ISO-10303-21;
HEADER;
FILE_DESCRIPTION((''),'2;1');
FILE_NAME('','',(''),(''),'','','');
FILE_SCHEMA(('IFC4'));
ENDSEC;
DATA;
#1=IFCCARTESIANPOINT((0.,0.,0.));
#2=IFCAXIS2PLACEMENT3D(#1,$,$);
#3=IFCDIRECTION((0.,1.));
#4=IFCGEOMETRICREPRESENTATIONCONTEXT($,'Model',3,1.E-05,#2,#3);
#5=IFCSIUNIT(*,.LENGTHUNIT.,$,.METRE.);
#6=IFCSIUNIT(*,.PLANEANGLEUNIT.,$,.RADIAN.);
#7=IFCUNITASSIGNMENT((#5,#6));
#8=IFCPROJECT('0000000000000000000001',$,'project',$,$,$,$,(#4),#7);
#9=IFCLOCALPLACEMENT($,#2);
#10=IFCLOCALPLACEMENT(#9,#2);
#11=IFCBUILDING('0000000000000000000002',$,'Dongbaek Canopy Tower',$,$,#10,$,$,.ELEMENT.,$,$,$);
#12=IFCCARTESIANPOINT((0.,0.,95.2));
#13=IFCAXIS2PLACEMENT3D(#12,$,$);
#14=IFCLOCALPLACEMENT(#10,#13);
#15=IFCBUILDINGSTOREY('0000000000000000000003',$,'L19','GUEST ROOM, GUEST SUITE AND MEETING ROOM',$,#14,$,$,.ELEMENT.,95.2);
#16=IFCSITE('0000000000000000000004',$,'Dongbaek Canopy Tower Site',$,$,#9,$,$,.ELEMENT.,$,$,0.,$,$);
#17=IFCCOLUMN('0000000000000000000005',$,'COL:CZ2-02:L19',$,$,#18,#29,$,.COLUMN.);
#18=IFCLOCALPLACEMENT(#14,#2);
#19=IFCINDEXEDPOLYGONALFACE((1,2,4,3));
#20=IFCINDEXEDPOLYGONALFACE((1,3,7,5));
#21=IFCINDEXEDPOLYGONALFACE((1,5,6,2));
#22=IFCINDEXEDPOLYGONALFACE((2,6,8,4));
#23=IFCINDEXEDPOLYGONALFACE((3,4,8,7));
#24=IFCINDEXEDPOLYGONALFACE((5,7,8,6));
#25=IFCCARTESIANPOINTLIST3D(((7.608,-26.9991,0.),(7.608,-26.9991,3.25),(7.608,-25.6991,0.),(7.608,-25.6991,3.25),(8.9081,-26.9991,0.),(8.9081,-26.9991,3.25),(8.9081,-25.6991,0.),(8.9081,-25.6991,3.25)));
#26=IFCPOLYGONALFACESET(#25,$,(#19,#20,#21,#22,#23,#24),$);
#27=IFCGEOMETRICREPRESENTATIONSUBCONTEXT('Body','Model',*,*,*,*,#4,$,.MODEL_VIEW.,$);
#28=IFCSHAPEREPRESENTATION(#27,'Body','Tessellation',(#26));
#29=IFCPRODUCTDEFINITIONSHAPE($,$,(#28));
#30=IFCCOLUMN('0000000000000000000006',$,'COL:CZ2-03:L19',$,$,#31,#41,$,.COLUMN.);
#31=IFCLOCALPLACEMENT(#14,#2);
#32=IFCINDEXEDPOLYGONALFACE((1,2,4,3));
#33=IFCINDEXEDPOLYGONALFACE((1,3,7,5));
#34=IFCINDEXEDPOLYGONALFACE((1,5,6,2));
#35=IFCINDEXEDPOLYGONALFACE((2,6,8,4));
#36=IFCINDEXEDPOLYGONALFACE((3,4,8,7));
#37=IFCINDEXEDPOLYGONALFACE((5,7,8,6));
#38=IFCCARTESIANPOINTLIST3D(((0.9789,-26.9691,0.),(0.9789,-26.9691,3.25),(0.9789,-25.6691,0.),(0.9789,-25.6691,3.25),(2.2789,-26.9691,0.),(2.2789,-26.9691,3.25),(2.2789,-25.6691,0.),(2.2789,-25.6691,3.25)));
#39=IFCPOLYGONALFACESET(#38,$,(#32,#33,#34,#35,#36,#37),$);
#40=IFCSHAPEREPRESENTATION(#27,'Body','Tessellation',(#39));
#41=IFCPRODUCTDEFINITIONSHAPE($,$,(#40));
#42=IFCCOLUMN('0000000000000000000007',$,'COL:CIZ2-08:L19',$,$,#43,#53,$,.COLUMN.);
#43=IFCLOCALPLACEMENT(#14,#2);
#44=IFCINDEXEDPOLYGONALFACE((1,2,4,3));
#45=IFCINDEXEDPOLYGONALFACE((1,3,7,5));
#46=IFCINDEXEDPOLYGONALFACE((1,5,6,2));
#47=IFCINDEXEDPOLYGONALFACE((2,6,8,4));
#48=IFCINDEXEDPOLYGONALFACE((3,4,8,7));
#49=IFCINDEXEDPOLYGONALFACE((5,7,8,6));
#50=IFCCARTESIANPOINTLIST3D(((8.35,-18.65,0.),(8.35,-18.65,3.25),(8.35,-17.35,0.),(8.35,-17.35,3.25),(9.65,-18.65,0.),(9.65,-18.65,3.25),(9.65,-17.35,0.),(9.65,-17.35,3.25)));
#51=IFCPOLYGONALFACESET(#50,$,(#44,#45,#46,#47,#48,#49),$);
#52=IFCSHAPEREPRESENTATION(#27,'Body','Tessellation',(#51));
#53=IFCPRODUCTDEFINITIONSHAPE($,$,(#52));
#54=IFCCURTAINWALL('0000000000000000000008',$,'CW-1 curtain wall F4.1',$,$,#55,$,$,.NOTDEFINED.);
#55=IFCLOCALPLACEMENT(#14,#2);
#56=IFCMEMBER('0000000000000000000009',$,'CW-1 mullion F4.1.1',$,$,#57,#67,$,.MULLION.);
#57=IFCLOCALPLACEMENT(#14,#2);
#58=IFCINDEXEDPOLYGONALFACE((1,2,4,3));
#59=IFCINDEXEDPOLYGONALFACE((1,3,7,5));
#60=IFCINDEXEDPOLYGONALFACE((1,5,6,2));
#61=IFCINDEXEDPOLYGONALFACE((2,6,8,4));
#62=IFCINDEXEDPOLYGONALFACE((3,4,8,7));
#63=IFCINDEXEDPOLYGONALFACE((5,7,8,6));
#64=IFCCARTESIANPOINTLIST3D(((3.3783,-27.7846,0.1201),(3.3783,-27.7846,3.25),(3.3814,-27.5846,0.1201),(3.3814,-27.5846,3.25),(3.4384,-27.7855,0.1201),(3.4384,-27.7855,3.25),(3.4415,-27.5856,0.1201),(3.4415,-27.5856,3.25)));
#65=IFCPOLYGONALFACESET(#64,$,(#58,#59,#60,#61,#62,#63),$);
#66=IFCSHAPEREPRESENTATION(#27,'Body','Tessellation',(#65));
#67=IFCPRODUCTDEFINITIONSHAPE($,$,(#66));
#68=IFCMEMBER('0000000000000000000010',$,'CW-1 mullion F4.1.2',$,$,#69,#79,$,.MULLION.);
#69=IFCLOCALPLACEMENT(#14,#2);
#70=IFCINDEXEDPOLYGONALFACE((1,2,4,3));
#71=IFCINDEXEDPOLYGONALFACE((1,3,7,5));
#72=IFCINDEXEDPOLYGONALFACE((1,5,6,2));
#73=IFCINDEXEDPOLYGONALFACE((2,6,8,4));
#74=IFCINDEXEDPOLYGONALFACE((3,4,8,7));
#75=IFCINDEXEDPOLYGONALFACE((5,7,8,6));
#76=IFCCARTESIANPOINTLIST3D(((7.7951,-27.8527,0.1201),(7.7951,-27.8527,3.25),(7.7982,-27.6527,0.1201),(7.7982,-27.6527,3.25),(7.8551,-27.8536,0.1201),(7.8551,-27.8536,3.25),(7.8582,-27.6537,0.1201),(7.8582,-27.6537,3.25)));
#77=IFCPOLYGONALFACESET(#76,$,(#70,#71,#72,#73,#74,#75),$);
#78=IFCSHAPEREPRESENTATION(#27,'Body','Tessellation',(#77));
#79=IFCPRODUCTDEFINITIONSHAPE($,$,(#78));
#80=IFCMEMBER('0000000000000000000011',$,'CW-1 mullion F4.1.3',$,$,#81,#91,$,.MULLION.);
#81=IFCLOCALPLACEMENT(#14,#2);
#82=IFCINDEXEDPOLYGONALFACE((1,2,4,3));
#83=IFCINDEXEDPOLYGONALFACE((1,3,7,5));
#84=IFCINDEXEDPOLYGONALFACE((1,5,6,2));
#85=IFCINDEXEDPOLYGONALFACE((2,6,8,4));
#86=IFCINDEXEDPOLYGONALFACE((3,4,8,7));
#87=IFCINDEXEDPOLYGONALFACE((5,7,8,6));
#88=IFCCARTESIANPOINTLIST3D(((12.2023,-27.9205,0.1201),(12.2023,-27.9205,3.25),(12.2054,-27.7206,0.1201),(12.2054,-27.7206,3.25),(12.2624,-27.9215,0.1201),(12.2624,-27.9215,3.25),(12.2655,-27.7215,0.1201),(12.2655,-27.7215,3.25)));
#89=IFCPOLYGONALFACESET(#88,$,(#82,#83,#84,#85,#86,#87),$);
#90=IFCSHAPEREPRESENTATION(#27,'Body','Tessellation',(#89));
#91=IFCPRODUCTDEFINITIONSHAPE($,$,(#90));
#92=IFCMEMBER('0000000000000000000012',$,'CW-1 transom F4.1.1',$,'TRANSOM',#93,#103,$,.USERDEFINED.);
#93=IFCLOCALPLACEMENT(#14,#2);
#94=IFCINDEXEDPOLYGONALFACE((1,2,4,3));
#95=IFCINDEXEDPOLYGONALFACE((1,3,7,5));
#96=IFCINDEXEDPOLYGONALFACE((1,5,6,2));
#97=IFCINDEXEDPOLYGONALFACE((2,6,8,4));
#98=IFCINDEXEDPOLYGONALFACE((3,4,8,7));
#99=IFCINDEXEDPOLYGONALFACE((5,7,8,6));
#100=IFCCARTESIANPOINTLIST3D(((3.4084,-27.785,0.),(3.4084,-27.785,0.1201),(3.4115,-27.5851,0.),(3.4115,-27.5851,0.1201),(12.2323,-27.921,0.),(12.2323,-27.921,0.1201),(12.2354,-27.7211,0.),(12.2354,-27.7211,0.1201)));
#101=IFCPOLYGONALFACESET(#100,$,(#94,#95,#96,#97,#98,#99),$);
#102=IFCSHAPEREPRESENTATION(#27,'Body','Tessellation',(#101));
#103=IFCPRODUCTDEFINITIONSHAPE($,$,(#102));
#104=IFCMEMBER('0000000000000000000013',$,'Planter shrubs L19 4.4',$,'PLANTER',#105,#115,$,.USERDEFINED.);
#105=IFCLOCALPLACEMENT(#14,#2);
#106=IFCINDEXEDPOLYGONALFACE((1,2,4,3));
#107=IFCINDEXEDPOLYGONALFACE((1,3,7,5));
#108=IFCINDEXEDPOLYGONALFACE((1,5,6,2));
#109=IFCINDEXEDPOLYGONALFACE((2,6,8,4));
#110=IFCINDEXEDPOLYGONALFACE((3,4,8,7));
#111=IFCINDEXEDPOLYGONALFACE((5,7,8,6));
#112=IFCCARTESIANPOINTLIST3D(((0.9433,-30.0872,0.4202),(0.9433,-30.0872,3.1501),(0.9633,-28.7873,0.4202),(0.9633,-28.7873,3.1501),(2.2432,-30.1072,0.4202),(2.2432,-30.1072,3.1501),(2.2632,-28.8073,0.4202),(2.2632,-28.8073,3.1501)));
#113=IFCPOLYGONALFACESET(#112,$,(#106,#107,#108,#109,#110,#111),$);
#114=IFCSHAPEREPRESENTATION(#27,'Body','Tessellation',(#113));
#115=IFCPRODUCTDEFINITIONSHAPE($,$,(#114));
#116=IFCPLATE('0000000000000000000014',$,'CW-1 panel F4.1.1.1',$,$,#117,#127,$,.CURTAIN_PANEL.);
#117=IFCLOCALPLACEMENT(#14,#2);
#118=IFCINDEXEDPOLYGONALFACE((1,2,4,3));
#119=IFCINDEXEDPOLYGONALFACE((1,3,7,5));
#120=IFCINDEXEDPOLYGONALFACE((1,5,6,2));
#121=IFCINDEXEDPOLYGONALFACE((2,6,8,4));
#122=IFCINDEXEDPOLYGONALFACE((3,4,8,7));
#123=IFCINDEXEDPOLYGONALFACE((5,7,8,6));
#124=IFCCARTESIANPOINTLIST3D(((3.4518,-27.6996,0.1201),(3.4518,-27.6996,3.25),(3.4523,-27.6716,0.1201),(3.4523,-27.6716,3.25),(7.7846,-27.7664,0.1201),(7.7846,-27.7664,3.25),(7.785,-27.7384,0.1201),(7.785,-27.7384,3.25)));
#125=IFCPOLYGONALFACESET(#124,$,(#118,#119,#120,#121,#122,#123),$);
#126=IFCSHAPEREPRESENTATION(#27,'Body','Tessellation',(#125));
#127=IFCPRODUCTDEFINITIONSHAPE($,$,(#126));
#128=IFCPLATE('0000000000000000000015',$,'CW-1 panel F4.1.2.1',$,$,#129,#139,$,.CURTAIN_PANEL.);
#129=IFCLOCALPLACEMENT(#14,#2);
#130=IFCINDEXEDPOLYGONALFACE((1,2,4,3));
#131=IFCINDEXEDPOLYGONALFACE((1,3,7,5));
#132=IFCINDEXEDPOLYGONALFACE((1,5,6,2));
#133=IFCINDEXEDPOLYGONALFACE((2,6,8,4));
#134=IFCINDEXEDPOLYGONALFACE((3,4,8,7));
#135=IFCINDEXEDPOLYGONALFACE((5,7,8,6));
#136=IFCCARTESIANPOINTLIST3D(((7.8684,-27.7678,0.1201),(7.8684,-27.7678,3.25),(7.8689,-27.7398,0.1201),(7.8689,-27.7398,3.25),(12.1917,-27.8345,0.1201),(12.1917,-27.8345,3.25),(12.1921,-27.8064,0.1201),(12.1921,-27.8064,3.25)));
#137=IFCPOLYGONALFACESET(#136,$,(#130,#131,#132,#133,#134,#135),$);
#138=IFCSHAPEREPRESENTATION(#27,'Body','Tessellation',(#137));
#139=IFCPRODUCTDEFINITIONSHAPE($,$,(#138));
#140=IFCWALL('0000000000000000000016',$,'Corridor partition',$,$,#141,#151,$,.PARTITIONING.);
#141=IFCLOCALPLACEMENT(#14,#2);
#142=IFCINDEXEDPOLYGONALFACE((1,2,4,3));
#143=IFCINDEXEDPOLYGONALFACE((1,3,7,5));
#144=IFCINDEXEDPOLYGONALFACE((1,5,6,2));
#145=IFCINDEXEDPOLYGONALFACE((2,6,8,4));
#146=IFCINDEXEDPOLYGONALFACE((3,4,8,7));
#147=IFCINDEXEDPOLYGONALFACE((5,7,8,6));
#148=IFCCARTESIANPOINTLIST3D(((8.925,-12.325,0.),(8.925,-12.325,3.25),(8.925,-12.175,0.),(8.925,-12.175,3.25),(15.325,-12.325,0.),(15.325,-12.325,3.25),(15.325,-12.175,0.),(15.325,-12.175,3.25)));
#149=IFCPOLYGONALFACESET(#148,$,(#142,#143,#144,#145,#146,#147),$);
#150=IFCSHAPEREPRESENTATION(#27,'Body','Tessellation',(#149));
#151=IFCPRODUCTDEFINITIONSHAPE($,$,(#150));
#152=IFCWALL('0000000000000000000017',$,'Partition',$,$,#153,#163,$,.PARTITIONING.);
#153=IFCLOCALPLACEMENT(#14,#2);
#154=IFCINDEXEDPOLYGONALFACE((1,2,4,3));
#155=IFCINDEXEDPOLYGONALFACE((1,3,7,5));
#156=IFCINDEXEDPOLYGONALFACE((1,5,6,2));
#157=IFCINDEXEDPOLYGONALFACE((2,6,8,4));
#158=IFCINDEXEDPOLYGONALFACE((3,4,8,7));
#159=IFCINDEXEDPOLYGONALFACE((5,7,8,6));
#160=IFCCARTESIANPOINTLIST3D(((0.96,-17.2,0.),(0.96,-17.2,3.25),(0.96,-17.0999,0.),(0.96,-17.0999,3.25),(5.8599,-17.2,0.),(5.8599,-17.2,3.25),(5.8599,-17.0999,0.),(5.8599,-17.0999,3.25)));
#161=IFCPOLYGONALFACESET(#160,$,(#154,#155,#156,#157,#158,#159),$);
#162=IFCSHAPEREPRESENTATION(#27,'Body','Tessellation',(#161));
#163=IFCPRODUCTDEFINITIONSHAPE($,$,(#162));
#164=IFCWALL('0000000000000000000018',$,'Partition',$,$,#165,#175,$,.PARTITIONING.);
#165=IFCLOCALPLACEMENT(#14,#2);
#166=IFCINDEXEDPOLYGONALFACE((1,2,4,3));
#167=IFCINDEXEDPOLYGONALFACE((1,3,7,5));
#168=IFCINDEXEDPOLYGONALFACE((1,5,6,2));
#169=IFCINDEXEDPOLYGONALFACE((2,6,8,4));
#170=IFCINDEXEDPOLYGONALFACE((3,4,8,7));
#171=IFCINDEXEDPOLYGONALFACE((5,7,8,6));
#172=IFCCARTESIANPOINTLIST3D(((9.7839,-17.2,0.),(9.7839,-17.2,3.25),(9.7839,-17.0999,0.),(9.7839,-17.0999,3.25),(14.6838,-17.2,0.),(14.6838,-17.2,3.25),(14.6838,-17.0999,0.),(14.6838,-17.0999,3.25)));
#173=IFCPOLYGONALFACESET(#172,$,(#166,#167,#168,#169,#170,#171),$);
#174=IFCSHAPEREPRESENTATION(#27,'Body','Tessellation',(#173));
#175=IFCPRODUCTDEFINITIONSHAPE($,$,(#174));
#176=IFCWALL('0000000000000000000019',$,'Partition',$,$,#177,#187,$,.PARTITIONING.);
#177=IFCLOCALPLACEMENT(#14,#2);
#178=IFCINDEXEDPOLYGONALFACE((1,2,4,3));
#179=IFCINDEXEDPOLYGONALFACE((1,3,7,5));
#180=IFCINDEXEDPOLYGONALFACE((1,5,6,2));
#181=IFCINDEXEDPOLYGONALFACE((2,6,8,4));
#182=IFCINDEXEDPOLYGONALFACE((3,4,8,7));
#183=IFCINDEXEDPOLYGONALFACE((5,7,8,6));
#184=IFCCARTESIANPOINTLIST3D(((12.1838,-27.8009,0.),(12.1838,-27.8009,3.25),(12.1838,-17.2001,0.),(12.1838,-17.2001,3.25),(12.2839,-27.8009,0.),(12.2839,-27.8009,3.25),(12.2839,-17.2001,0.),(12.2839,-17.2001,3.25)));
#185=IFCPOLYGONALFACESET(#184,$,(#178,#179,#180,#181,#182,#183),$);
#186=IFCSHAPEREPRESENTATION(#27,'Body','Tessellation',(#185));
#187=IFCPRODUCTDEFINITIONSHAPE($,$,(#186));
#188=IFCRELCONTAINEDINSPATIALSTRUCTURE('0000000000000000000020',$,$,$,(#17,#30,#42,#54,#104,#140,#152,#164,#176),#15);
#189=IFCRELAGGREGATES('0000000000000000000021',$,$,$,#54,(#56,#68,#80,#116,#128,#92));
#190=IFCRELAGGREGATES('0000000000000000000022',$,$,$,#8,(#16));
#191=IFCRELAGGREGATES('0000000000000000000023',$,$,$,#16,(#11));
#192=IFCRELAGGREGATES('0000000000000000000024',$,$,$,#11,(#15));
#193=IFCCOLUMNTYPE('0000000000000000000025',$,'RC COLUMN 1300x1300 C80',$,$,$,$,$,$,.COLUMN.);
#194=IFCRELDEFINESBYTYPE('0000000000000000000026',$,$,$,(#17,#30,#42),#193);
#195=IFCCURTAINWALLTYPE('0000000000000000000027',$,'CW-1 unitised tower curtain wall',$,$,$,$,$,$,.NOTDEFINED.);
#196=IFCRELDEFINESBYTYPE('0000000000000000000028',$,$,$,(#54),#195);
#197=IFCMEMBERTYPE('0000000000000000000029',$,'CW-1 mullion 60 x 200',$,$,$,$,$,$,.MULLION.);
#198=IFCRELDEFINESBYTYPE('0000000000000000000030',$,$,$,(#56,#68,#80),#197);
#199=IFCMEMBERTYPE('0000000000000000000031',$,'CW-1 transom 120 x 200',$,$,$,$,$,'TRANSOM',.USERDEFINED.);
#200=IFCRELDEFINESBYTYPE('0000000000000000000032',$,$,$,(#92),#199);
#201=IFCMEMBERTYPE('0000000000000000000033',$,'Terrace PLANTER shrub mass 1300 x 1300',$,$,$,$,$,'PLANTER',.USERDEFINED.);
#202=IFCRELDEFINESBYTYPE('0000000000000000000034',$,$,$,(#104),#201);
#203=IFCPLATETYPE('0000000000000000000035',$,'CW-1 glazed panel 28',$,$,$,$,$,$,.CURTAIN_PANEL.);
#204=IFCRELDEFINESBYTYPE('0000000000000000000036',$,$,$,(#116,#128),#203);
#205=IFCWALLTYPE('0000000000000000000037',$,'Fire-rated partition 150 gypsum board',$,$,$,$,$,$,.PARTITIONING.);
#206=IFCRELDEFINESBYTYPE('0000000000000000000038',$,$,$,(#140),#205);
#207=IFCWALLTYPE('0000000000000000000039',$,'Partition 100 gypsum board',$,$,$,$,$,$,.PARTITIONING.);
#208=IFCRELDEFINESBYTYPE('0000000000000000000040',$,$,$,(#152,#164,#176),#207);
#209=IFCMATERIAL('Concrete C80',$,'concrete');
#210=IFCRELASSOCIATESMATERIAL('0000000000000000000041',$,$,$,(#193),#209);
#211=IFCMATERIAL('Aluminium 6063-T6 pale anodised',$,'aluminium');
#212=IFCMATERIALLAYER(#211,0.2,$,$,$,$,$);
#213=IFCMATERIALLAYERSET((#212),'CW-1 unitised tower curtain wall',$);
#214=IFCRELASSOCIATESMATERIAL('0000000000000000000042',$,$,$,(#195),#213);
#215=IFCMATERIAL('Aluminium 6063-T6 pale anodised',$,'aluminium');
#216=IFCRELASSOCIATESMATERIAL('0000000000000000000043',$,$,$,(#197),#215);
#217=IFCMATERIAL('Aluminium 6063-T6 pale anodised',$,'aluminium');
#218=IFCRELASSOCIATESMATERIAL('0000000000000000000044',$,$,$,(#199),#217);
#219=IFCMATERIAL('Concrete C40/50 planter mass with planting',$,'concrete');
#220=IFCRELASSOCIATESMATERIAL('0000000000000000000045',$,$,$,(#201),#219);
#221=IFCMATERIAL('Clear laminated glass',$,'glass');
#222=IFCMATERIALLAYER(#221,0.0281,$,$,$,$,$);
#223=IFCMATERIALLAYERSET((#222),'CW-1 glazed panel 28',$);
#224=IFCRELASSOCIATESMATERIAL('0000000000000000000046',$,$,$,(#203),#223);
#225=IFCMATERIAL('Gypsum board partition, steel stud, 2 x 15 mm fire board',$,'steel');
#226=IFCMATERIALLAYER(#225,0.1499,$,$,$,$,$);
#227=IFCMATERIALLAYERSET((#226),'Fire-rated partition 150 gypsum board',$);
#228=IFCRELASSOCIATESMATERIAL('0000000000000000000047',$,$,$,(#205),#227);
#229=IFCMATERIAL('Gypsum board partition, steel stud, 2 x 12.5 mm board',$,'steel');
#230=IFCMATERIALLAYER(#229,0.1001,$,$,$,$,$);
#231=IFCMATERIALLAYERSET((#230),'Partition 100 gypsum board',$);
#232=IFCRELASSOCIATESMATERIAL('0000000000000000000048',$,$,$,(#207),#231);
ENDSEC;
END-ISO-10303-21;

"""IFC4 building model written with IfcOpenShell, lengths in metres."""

from ifc_helpers import new_model, si_unit, direction, frame, frame_2d, origin, origin_2d, place, context, subcontext, project, spatial, rectangle, extrude, material, layer, layer_set, material_profile, profile_set, type_object, element, aggregate, save


model = new_model("IFC4")

# Units and contexts
model_context = context("Model", 3, precision=1e-05, world=origin(), true_north=direction((0.0, 1.0)))
body_context = subcontext(model_context, "Body", "Model", "MODEL_VIEW")
ifc_project = project(units=[si_unit("LENGTHUNIT", "METRE"), si_unit("PLANEANGLEUNIT", "RADIAN")], contexts=[model_context])

# Site, building, storey
site_placement = place(None, origin())
site = spatial("IfcSite", under=ifc_project, at=site_placement, Name="Dongbaek Canopy Tower Site", CompositionType="ELEMENT", RefElevation=0.0)
building_placement = place(site_placement, origin())
building = spatial("IfcBuilding", under=site, at=building_placement, Name="Dongbaek Canopy Tower", CompositionType="ELEMENT")
storey_placement = place(building_placement, frame((0.0, 0.0, 95.2)))
storey = spatial("IfcBuildingStorey", under=building, at=storey_placement, Name="L19", Description="GUEST ROOM, GUEST SUITE AND MEETING ROOM", CompositionType="ELEMENT", Elevation=95.2)

# Columns
ifc_material_1 = material(Name="Concrete C80", Category="concrete")
ifc_material_profile_1 = material_profile(ifc_material_1, rectangle(XDim=1.3, YDim=1.3, at=origin_2d()), Name="RC COLUMN 1300x1300 C80")
ifc_profile_set_1 = profile_set([ifc_material_profile_1], Name="Concrete C80")
column_type = type_object("IfcColumnType", Name="RC COLUMN 1300x1300 C80", PredefinedType="COLUMN", material=ifc_profile_set_1)
for number, where, z_axis, x_axis, name in (
    (1, (8.2581, -26.3491, 0.0), (0.0, 0.0, 1.0), (1.0, 0.0, 0.0), "COL:CZ2-02:L19"),
    (2, (1.6289, -26.3191, 0.0), (0.0, 0.0, 1.0), (1.0, 0.0, 0.0), "COL:CZ2-03:L19"),
    (3, (9.0, -18.0, 0.0), (0.0, 0.0, 1.0), (1.0, 0.0, 0.0), "COL:CIZ2-08:L19"),
):
    element("IfcColumn", number, at=place(storey_placement, frame(where, z_axis=z_axis, x_axis=x_axis)), inside=storey, type_object=column_type, Name=name, PredefinedType="COLUMN", context=body_context, shape_type="SweptSolid", body=[
        extrude(rectangle(XDim=1.3, YDim=1.3, at=origin_2d()), origin(), (0.0, 0.0, 1.0), 3.25),
    ])

# Curtain wall, members
ifc_material_2 = material(Name="Aluminium 6063-T6 pale anodised", Category="aluminium")
ifc_layer_1 = layer(ifc_material_2, 0.2)
ifc_layer_set_1 = layer_set([ifc_layer_1], Name="CW-1 unitised tower curtain wall")
curtain_wall_type = type_object("IfcCurtainWallType", Name="CW-1 unitised tower curtain wall", PredefinedType="NOTDEFINED", material=ifc_layer_set_1)
curtain_wall_placement = place(storey_placement, origin())
curtain_wall = element("IfcCurtainWall", 4, at=curtain_wall_placement, inside=storey, type_object=curtain_wall_type, Name="CW-1 curtain wall F4.1", PredefinedType="NOTDEFINED")
ifc_material_3 = material(Name="Aluminium 6063-T6 pale anodised", Category="aluminium")
ifc_material_profile_2 = material_profile(ifc_material_3, rectangle(XDim=0.2, YDim=0.0601, at=origin_2d()), Name="CW-1 mullion 60 x 200")
ifc_profile_set_2 = profile_set([ifc_material_profile_2], Name="Aluminium 6063-T6 pale anodised")
member_type_1 = type_object("IfcMemberType", Name="CW-1 mullion 60 x 200", PredefinedType="MULLION", material=ifc_profile_set_2)
member_1_placement = place(storey_placement, frame((3.4099, -27.6851, 0.1201), z_axis=(0.0, 0.0, 1.0), x_axis=(-0.015413, -0.999881, 0.0)))
member_1 = element("IfcMember", 5, at=member_1_placement, type_object=member_type_1, Name="CW-1 mullion F4.1.1", PredefinedType="MULLION", context=body_context, shape_type="SweptSolid", body=[
    extrude(rectangle(XDim=0.2, YDim=0.0601, at=origin_2d()), origin(), (0.0, 0.0, 1.0), 3.1299),
])
member_2_placement = place(storey_placement, frame((7.8267, -27.7532, 0.1201), z_axis=(0.0, 0.0, 1.0), x_axis=(-0.015413, -0.999881, 0.0)))
member_2 = element("IfcMember", 6, at=member_2_placement, type_object=member_type_1, Name="CW-1 mullion F4.1.2", PredefinedType="MULLION", context=body_context, shape_type="SweptSolid", body=[
    extrude(rectangle(XDim=0.2, YDim=0.0601, at=origin_2d()), origin(), (0.0, 0.0, 1.0), 3.1299),
])
member_3_placement = place(storey_placement, frame((12.2339, -27.821, 0.1201), z_axis=(0.0, 0.0, 1.0), x_axis=(-0.015413, -0.999881, 0.0)))
member_3 = element("IfcMember", 7, at=member_3_placement, type_object=member_type_1, Name="CW-1 mullion F4.1.3", PredefinedType="MULLION", context=body_context, shape_type="SweptSolid", body=[
    extrude(rectangle(XDim=0.2, YDim=0.0601, at=origin_2d()), origin(), (0.0, 0.0, 1.0), 3.1299),
])
ifc_material_4 = material(Name="Aluminium 6063-T6 pale anodised", Category="aluminium")
ifc_material_profile_3 = material_profile(ifc_material_4, rectangle(XDim=0.2, YDim=0.1201, at=origin_2d()), Name="CW-1 transom 120 x 200")
ifc_profile_set_3 = profile_set([ifc_material_profile_3], Name="Aluminium 6063-T6 pale anodised")
member_type_2 = type_object("IfcMemberType", Name="CW-1 transom 120 x 200", ElementType="TRANSOM", PredefinedType="USERDEFINED", material=ifc_profile_set_3)
member_4_placement = place(storey_placement, frame((3.4099, -27.6851, 0.0601), z_axis=(0.999881, -0.015409, 0.0), x_axis=(0.015409, 0.999881, 0.0)))
member_4 = element("IfcMember", 8, at=member_4_placement, type_object=member_type_2, Name="CW-1 transom F4.1.1", ObjectType="TRANSOM", PredefinedType="USERDEFINED", context=body_context, shape_type="SweptSolid", body=[
    extrude(rectangle(XDim=0.2, YDim=0.1201, at=origin_2d()), origin(), (0.0, 0.0, 1.0), 8.825),
])

# Member
ifc_material_5 = material(Name="Concrete C40/50 planter mass with planting", Category="concrete")
ifc_material_profile_4 = material_profile(ifc_material_5, rectangle(XDim=1.3, YDim=1.3, at=origin_2d()), Name="Terrace PLANTER shrub mass 1300 x 1300")
ifc_profile_set_4 = profile_set([ifc_material_profile_4], Name="Concrete C40/50 planter mass with planting")
member_type_3 = type_object("IfcMemberType", Name="Terrace PLANTER shrub mass 1300 x 1300", ElementType="PLANTER", PredefinedType="USERDEFINED", material=ifc_profile_set_4)
member_5_placement = place(storey_placement, frame((1.6033, -29.4473, 0.4202), z_axis=(0.0, 0.0, 1.0), x_axis=(-0.015413, -0.999881, 0.0)))
element("IfcMember", 9, at=member_5_placement, inside=storey, type_object=member_type_3, Name="Planter shrubs L19 4.4", ObjectType="PLANTER", PredefinedType="USERDEFINED", context=body_context, shape_type="SweptSolid", body=[
    extrude(rectangle(XDim=1.3, YDim=1.3, at=origin_2d()), origin(), (0.0, 0.0, 1.0), 2.73),
])

# Plates
ifc_material_6 = material(Name="Clear laminated glass", Category="glass")
ifc_layer_2 = layer(ifc_material_6, 0.0281)
ifc_layer_set_2 = layer_set([ifc_layer_2], Name="CW-1 glazed panel 28")
plate_type = type_object("IfcPlateType", Name="CW-1 glazed panel 28", PredefinedType="CURTAIN_PANEL", material=ifc_layer_set_2)
plate_1_placement = place(storey_placement, frame((5.6184, -27.719, 0.1201), z_axis=(0.0, 0.0, 1.0), x_axis=(0.999881, -0.015413, 0.0)))
plate_1 = element("IfcPlate", 10, at=plate_1_placement, type_object=plate_type, Name="CW-1 panel F4.1.1.1", PredefinedType="CURTAIN_PANEL", context=body_context, shape_type="SweptSolid", body=[
    extrude(rectangle(XDim=4.3333, YDim=0.0281, at=origin_2d()), origin(), (0.0, 0.0, 1.0), 3.1299),
])
plate_2_placement = place(storey_placement, frame((10.0303, -27.7871, 0.1201), z_axis=(0.0, 0.0, 1.0), x_axis=(0.999881, -0.015413, 0.0)))
plate_2 = element("IfcPlate", 11, at=plate_2_placement, type_object=plate_type, Name="CW-1 panel F4.1.2.1", PredefinedType="CURTAIN_PANEL", context=body_context, shape_type="SweptSolid", body=[
    extrude(rectangle(XDim=4.3237, YDim=0.0281, at=origin_2d()), origin(), (0.0, 0.0, 1.0), 3.1299),
])

# Walls
ifc_material_7 = material(Name="Gypsum board partition, steel stud, 2 x 15 mm fire board", Category="steel")
ifc_layer_3 = layer(ifc_material_7, 0.1499)
ifc_layer_set_3 = layer_set([ifc_layer_3], Name="Fire-rated partition 150 gypsum board")
wall_type_1 = type_object("IfcWallType", Name="Fire-rated partition 150 gypsum board", PredefinedType="PARTITIONING", material=ifc_layer_set_3)
wall_1_placement = place(storey_placement, frame((8.925, -12.25, 0.0), z_axis=(0.0, 0.0, 1.0), x_axis=(1.0, 0.0, 0.0)))
element("IfcWall", 12, at=wall_1_placement, inside=storey, type_object=wall_type_1, Name="Corridor partition", PredefinedType="PARTITIONING", context=body_context, shape_type="SweptSolid", body=[
    extrude(rectangle(XDim=6.3999, YDim=0.1499, at=frame_2d((3.2, 0.0))), origin(), (0.0, 0.0, 1.0), 3.25),
])
ifc_material_8 = material(Name="Gypsum board partition, steel stud, 2 x 12.5 mm board", Category="steel")
ifc_layer_4 = layer(ifc_material_8, 0.1001)
ifc_layer_set_4 = layer_set([ifc_layer_4], Name="Partition 100 gypsum board")
wall_type_2 = type_object("IfcWallType", Name="Partition 100 gypsum board", PredefinedType="PARTITIONING", material=ifc_layer_set_4)
for number, where, z_axis, x_axis, name in (
    (13, (0.96, -17.1499, 0.0), (0.0, 0.0, 1.0), (1.0, 0.0, 0.0), "Partition"),
    (14, (9.7839, -17.1499, 0.0), (0.0, 0.0, 1.0), (1.0, 0.0, 0.0), "Partition"),
):
    element("IfcWall", number, at=place(storey_placement, frame(where, z_axis=z_axis, x_axis=x_axis)), inside=storey, type_object=wall_type_2, Name=name, PredefinedType="PARTITIONING", context=body_context, shape_type="SweptSolid", body=[
        extrude(rectangle(XDim=4.8999, YDim=0.1001, at=frame_2d((2.45, 0.0))), origin(), (0.0, 0.0, 1.0), 3.25),
    ])
wall_2_placement = place(storey_placement, frame((12.2339, -27.8008, 0.0), z_axis=(0.0, 0.0, 1.0), x_axis=(0.0, 1.0, 0.0)))
element("IfcWall", 15, at=wall_2_placement, inside=storey, type_object=wall_type_2, Name="Partition", PredefinedType="PARTITIONING", context=body_context, shape_type="SweptSolid", body=[
    extrude(rectangle(XDim=10.6008, YDim=0.1001, at=frame_2d((5.3003, 0.0))), origin(), (0.0, 0.0, 1.0), 3.25),
])

aggregate(curtain_wall, [member_1, member_2, member_3, plate_1, plate_2, member_4])

save(model, "model.ifc")
